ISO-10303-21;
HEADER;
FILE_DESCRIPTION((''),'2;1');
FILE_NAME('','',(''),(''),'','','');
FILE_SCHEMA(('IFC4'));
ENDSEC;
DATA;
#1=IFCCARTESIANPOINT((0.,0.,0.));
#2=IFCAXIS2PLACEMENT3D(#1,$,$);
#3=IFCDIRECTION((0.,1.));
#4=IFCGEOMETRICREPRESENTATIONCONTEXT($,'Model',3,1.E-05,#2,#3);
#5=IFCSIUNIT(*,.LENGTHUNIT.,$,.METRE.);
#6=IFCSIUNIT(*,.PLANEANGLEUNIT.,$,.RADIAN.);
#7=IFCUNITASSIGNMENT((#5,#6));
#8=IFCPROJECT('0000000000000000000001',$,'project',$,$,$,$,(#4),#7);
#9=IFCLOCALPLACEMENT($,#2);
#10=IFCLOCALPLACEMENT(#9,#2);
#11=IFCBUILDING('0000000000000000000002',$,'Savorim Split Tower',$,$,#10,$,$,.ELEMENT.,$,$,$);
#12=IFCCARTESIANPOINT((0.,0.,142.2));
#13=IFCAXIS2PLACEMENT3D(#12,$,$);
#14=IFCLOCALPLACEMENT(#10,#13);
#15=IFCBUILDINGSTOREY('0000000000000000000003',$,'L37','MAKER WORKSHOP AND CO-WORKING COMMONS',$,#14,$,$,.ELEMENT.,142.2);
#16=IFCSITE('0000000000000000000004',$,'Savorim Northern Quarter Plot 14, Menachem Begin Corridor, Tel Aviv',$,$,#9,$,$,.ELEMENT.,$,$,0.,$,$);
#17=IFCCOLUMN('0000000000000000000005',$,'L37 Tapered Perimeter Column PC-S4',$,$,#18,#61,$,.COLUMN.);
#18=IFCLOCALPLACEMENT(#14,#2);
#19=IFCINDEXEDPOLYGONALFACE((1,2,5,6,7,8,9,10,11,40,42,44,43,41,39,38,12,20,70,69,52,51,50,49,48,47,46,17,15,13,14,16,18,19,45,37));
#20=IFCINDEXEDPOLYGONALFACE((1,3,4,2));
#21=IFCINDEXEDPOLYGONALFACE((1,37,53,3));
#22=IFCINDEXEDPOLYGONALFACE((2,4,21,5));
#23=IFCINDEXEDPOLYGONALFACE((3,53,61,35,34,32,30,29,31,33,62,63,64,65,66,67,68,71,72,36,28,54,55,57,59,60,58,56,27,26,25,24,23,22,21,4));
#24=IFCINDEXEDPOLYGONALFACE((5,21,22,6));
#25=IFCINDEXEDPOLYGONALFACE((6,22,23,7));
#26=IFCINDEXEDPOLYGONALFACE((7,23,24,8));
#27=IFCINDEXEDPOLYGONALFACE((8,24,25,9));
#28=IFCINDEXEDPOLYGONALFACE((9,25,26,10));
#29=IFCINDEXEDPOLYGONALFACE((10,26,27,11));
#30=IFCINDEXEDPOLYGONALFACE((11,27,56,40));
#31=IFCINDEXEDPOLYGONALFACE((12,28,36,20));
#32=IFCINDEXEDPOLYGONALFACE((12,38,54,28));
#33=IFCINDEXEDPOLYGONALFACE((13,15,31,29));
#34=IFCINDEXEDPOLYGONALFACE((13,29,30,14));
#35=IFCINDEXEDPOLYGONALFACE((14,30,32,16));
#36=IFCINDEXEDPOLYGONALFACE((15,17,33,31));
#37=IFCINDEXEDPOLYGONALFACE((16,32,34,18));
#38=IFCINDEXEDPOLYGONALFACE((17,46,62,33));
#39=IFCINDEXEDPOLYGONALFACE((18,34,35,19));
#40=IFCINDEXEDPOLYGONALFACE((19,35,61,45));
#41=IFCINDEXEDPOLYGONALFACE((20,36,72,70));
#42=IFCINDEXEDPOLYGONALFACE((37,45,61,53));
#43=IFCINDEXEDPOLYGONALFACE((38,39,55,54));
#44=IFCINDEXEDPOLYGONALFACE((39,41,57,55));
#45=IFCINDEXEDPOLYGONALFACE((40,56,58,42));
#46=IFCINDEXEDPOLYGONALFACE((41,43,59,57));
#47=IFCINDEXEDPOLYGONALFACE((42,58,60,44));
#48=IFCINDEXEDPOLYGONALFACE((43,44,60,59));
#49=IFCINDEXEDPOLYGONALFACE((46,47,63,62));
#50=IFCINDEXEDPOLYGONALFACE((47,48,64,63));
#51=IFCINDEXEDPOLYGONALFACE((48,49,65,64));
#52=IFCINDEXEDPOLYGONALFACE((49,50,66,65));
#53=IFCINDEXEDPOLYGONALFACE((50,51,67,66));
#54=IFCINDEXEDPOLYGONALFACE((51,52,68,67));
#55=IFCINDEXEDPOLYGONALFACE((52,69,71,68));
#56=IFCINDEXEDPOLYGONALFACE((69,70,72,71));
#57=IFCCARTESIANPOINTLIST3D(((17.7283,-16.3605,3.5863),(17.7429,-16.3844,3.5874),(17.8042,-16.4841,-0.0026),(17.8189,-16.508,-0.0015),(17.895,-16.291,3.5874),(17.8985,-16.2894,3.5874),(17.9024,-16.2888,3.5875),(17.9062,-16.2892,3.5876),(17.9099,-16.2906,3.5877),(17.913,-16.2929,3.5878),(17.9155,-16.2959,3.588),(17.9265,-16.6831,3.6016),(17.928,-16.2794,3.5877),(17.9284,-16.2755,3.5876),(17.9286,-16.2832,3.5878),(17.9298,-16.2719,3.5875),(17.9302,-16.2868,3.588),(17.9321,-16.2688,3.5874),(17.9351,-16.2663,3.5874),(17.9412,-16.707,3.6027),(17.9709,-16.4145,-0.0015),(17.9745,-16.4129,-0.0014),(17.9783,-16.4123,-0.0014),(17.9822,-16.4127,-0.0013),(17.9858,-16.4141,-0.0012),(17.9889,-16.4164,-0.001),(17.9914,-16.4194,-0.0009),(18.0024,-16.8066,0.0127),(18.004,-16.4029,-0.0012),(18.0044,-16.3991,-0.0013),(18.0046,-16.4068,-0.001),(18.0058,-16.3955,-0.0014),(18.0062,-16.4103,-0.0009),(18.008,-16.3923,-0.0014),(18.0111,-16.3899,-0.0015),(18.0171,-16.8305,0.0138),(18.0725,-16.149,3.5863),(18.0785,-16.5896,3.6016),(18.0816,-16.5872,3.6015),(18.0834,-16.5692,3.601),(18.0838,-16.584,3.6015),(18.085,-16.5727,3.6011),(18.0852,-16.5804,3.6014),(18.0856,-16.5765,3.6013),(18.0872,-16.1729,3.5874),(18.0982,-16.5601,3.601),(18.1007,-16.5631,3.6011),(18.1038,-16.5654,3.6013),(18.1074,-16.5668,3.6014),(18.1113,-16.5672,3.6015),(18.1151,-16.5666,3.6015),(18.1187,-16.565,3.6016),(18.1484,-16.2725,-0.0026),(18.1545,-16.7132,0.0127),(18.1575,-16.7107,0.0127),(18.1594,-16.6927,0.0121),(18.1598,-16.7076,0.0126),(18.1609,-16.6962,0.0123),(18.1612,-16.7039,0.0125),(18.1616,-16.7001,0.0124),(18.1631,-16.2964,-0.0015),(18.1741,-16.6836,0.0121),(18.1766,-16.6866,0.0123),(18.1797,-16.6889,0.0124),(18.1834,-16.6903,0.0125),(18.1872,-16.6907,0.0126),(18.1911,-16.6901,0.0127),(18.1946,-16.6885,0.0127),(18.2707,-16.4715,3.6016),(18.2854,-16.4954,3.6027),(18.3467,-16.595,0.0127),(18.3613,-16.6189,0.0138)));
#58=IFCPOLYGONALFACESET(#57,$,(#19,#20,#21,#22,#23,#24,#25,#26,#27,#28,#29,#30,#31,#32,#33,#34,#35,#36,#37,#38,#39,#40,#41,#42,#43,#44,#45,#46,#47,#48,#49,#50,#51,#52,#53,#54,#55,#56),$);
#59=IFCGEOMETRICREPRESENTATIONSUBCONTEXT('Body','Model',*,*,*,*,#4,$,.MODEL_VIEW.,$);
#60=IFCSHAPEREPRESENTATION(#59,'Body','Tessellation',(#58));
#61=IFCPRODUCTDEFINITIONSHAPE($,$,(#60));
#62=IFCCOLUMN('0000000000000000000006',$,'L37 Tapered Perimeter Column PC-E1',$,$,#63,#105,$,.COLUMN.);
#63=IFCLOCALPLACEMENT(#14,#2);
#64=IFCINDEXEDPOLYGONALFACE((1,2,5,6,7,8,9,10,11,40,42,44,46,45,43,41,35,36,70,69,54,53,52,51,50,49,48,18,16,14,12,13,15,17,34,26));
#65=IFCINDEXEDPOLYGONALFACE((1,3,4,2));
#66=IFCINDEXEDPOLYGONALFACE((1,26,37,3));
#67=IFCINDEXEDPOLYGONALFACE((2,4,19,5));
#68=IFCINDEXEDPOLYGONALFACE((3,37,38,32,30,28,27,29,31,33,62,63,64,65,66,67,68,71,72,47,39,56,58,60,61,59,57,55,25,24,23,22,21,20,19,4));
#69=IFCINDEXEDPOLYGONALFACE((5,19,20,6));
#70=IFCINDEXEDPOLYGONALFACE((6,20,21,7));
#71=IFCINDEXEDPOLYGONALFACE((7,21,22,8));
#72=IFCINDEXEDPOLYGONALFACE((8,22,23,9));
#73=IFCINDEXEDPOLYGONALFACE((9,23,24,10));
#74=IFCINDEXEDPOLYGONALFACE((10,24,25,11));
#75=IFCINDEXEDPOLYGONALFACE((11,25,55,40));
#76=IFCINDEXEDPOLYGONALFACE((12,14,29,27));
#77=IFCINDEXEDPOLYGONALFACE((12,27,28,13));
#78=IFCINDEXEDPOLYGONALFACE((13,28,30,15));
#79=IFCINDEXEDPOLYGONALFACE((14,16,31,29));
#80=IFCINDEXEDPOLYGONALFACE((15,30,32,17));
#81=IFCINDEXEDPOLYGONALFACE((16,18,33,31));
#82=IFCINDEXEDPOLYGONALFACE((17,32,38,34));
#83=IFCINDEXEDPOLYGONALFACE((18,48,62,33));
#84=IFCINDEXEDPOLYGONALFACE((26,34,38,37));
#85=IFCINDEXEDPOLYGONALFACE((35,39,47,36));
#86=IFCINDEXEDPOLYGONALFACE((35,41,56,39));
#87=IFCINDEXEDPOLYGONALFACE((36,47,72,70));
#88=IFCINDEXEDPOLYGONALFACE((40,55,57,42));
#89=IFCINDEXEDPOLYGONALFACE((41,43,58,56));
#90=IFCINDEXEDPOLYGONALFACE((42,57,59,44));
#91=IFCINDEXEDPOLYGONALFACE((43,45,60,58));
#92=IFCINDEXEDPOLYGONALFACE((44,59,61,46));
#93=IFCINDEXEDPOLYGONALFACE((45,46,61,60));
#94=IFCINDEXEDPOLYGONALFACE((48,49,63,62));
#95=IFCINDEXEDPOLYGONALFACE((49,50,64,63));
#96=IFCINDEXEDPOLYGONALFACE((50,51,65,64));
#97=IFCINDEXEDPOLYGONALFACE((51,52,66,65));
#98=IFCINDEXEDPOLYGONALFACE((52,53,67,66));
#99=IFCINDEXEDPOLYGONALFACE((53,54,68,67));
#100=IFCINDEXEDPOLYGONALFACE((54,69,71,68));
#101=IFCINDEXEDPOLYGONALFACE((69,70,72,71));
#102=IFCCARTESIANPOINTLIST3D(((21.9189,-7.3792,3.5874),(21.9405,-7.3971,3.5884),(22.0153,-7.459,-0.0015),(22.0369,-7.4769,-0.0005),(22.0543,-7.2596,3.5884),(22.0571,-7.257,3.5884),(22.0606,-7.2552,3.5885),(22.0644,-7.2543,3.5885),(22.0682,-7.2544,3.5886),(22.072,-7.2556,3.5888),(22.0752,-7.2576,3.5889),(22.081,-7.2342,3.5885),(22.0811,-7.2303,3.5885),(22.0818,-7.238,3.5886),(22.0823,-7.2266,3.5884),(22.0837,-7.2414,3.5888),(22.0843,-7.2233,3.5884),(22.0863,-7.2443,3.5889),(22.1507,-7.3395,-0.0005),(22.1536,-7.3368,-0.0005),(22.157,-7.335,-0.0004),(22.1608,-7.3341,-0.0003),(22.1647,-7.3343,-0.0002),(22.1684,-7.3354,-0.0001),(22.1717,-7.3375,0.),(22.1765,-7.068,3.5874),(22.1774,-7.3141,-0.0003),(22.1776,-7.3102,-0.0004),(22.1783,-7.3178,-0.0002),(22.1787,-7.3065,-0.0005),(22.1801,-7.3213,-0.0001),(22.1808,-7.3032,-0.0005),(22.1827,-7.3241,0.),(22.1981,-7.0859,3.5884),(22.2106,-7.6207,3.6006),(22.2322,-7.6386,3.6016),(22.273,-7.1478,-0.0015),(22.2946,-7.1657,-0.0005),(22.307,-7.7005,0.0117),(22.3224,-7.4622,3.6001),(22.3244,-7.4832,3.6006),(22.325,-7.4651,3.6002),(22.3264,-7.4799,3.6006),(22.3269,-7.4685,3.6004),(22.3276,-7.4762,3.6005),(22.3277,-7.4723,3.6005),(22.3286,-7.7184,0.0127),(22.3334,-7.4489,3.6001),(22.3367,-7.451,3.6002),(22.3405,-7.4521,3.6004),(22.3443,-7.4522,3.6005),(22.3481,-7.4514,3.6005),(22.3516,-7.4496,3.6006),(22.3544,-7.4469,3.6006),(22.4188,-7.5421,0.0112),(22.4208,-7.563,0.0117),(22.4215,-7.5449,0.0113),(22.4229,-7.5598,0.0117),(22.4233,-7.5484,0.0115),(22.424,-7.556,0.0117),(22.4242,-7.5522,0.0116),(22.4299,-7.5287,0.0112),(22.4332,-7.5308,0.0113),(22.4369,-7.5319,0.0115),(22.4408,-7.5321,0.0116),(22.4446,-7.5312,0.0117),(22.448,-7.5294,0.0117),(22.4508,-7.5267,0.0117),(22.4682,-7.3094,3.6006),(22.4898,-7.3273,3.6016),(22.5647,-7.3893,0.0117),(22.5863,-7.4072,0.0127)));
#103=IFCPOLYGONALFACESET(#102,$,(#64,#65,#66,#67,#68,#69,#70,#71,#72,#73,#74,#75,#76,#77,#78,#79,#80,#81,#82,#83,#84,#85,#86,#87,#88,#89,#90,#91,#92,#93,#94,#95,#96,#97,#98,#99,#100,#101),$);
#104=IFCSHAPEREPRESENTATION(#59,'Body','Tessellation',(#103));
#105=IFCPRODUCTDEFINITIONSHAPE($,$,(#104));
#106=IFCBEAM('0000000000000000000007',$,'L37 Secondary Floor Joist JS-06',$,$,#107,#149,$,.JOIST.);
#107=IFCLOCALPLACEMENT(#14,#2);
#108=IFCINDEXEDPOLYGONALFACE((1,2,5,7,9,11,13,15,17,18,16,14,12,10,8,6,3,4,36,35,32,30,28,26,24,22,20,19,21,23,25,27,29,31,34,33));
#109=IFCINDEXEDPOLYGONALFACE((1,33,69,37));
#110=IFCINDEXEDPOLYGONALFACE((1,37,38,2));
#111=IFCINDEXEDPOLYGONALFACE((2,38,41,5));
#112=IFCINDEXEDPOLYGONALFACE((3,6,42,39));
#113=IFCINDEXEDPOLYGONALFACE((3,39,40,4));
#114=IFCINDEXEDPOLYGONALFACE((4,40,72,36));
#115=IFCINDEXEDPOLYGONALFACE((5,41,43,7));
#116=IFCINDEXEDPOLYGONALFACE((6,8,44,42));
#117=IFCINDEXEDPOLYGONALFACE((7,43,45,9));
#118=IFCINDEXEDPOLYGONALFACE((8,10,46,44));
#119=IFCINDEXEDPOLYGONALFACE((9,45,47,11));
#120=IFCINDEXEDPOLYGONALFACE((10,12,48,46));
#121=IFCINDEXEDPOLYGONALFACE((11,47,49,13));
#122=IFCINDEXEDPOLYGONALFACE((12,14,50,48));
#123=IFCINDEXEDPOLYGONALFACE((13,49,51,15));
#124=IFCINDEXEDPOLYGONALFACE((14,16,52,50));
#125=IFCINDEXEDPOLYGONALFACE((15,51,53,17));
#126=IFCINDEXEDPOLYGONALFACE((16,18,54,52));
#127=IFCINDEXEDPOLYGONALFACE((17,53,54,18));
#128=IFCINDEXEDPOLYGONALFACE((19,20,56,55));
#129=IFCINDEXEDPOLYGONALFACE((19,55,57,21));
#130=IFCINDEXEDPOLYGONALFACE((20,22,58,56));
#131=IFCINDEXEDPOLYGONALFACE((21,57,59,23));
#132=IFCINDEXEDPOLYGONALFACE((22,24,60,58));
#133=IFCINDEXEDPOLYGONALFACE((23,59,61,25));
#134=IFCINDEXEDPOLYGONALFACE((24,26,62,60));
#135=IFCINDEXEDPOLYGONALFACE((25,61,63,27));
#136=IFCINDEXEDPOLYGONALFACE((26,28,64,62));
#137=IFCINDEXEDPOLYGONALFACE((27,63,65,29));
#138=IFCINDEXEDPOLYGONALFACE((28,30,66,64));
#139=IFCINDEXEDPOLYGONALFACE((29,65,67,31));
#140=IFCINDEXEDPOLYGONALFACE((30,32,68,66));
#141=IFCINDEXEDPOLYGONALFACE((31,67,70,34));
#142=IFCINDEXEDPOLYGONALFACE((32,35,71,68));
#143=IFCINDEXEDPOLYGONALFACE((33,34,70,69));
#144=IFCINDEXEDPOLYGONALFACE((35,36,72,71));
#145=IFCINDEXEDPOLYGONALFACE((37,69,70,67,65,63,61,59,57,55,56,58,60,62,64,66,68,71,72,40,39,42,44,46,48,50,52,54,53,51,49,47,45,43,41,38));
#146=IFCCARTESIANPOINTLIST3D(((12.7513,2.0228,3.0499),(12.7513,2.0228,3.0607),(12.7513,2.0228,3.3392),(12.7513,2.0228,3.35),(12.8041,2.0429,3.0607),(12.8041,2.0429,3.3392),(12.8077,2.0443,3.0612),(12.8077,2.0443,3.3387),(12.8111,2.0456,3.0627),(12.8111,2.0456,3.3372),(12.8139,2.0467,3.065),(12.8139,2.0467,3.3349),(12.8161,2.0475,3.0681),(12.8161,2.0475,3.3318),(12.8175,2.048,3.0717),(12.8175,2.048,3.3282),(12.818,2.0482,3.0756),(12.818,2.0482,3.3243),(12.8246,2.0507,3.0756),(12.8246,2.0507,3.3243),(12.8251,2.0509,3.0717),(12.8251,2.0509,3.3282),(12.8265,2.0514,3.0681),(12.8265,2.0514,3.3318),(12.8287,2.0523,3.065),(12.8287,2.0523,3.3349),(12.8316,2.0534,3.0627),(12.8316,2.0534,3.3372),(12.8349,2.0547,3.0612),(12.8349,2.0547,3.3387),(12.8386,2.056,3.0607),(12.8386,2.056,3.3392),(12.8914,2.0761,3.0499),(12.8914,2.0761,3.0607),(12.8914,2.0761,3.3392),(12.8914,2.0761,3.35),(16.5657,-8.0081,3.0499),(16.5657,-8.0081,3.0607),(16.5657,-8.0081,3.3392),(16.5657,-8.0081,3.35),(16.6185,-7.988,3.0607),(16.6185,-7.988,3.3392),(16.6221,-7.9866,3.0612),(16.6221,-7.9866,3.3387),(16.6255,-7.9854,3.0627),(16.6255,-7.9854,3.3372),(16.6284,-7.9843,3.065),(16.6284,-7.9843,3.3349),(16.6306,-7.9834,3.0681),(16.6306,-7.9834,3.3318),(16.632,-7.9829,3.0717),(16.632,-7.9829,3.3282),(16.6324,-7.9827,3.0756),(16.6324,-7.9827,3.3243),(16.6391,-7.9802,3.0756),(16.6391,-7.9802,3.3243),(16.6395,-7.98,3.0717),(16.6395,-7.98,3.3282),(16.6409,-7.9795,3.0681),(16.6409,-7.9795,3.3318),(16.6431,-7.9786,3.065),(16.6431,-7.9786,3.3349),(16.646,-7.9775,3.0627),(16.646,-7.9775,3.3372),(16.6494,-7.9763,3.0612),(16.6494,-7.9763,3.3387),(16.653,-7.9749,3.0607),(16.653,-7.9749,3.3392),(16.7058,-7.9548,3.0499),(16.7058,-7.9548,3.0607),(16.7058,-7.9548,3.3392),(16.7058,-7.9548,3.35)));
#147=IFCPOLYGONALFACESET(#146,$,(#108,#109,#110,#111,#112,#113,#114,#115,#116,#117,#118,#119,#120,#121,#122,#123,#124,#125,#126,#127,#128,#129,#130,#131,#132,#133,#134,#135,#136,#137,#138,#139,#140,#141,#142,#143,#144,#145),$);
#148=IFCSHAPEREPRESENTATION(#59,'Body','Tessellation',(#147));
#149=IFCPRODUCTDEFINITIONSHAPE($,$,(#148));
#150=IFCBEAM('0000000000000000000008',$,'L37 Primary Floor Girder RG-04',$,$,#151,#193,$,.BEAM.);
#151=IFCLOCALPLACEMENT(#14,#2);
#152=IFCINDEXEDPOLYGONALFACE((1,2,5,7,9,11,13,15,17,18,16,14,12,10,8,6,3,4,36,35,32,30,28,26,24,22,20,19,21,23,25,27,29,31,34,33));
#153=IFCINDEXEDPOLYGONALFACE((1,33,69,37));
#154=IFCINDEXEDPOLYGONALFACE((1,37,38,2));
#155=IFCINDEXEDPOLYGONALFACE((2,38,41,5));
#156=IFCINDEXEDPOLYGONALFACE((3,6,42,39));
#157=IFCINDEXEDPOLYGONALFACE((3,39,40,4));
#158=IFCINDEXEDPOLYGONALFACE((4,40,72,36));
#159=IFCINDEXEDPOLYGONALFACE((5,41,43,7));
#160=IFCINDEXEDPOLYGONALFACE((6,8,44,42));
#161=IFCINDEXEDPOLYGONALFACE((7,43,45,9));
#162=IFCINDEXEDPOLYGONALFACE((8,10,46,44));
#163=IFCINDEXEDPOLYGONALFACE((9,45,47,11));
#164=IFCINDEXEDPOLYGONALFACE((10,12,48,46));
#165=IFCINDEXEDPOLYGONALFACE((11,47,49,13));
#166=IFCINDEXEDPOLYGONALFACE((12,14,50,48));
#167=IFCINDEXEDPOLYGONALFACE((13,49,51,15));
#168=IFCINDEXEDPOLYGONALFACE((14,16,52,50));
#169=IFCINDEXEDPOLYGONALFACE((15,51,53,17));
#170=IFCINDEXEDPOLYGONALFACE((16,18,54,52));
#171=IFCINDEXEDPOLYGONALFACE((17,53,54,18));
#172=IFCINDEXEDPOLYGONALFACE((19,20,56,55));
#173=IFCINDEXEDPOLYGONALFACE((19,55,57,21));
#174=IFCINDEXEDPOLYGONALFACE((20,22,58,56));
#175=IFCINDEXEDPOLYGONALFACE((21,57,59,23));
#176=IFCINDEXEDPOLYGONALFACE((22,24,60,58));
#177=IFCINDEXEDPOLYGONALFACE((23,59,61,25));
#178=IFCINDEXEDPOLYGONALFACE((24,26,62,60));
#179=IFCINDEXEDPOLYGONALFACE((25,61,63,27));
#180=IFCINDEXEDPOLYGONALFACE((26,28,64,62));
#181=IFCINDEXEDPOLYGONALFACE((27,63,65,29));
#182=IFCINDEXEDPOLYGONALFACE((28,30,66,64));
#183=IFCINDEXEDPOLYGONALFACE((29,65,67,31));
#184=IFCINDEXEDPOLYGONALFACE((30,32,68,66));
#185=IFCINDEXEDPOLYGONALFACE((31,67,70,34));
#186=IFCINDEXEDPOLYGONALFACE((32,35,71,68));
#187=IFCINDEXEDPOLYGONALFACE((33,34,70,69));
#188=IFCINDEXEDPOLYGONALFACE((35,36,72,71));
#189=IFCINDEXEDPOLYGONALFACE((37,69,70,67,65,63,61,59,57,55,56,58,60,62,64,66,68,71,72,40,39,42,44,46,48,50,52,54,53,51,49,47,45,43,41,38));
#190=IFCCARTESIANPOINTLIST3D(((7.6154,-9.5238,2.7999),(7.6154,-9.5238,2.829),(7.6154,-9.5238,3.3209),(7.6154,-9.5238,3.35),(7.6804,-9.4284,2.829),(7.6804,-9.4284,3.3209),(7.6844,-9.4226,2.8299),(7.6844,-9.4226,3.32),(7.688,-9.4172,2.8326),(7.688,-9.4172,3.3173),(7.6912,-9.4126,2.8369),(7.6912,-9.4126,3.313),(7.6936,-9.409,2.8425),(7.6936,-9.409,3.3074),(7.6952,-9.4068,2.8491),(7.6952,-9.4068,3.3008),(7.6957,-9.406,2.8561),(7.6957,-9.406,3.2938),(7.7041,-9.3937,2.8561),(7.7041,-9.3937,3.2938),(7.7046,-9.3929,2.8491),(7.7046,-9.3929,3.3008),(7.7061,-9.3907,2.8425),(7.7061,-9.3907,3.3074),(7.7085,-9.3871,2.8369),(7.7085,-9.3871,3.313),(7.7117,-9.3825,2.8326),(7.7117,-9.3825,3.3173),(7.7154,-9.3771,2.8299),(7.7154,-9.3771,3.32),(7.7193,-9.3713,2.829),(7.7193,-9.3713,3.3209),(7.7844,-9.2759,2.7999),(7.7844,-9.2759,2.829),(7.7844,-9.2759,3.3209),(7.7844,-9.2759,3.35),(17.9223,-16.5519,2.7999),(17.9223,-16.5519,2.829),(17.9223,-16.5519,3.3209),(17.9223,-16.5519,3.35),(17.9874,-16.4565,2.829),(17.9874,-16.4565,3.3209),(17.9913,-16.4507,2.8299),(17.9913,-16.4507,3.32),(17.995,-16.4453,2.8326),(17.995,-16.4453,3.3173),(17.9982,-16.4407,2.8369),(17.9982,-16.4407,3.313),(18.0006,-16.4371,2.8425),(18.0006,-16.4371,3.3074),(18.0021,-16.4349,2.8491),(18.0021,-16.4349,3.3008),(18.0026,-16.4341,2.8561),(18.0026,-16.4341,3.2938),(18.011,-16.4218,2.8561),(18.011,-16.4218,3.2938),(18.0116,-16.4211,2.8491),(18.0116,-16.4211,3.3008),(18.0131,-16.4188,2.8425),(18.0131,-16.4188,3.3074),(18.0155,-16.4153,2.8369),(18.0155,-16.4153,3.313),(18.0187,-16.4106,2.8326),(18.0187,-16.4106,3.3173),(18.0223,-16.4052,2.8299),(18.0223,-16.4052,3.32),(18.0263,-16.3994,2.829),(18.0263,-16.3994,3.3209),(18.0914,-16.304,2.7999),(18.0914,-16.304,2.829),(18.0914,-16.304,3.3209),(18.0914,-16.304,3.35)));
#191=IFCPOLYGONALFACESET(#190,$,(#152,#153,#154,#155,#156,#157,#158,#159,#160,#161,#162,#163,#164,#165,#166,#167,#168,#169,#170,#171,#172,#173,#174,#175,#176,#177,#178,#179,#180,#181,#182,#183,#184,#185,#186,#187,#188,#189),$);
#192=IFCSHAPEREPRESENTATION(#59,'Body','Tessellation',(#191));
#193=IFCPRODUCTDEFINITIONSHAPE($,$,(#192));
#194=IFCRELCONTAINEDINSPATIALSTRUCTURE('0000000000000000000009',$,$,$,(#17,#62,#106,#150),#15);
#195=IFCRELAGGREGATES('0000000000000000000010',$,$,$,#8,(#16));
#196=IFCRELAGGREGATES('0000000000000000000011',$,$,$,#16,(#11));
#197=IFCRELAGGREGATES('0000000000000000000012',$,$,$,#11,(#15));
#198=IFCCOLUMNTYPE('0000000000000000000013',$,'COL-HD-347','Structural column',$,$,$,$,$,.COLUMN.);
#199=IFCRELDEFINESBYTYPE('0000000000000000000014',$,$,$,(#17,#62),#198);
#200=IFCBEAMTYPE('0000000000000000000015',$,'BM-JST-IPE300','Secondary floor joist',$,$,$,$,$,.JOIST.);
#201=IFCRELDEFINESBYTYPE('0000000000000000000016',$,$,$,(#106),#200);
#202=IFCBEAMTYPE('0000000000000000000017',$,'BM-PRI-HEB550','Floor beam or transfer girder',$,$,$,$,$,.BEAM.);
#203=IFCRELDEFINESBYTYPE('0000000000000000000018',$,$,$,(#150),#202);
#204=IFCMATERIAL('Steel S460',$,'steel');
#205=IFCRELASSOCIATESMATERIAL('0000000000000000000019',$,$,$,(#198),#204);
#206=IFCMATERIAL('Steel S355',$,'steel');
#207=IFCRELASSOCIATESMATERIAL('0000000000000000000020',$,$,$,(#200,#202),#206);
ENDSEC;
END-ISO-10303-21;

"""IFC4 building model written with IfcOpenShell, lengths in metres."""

from ifc_helpers import new_model, si_unit, direction, frame, origin, origin_2d, place, context, subcontext, project, spatial, i_section, extrude, material, material_profile, profile_set, type_object, element, save


model = new_model("IFC4")

# Units and contexts
model_context = context("Model", 3, precision=1e-05, world=origin(), true_north=direction((0.0, 1.0)))
body_context = subcontext(model_context, "Body", "Model", "MODEL_VIEW")
ifc_project = project(units=[si_unit("LENGTHUNIT", "METRE"), si_unit("PLANEANGLEUNIT", "RADIAN")], contexts=[model_context])

# Site, building, storey
site_placement = place(None, origin())
site = spatial("IfcSite", under=ifc_project, at=site_placement, Name="Savorim Northern Quarter Plot 14, Menachem Begin Corridor, Tel Aviv", CompositionType="ELEMENT", RefElevation=0.0)
building_placement = place(site_placement, origin())
building = spatial("IfcBuilding", under=site, at=building_placement, Name="Savorim Split Tower", CompositionType="ELEMENT")
storey_placement = place(building_placement, frame((0.0, 0.0, 142.2)))
storey = spatial("IfcBuildingStorey", under=building, at=storey_placement, Name="L37", Description="MAKER WORKSHOP AND CO-WORKING COMMONS", CompositionType="ELEMENT", Elevation=142.2)

# Columns
ifc_material_1 = material(Name="Steel S460", Category="steel")
ifc_material_profile_1 = material_profile(ifc_material_1, i_section(OverallWidth=0.4041, OverallDepth=0.407, WebThickness=0.0173, FlangeThickness=0.0281, FilletRadius=0.0149, at=origin_2d()), Name="HD 400x347")
ifc_profile_set_1 = profile_set([ifc_material_profile_1], Name="Steel S460")
column_type = type_object("IfcColumnType", Name="COL-HD-347", Description="Structural column", PredefinedType="COLUMN", material=ifc_profile_set_1)
column_1_placement = place(storey_placement, frame((18.0828, -16.5515, 0.0056), z_axis=(-0.021139, 0.034394, 0.999185), x_axis=(-0.851947, -0.523628, 0.0)))
element("IfcColumn", 1, at=column_1_placement, inside=storey, type_object=column_type, Name="L37 Tapered Perimeter Column PC-S4", PredefinedType="COLUMN", context=body_context, shape_type="SweptSolid", body=[
    extrude(i_section(OverallWidth=0.4041, OverallDepth=0.407, WebThickness=0.0173, FlangeThickness=0.0281, FilletRadius=0.0149, at=origin_2d()), origin(), (0.0, 0.0, 1.0), 3.5918),
])
column_2_placement = place(storey_placement, frame((22.3008, -7.4331, 0.0056), z_axis=(-0.026854, 0.022231, 0.999392), x_axis=(-0.637687, -0.770295, 0.0)))
element("IfcColumn", 2, at=column_2_placement, inside=storey, type_object=column_type, Name="L37 Tapered Perimeter Column PC-E1", PredefinedType="COLUMN", context=body_context, shape_type="SweptSolid", body=[
    extrude(i_section(OverallWidth=0.4041, OverallDepth=0.407, WebThickness=0.0173, FlangeThickness=0.0281, FilletRadius=0.0149, at=origin_2d()), origin(), (0.0, 0.0, 1.0), 3.5911),
])

# Beams
ifc_material_2 = material(Name="Steel S355", Category="steel")
ifc_material_profile_2 = material_profile(ifc_material_2, i_section(OverallWidth=0.1499, OverallDepth=0.3, WebThickness=0.0071, FlangeThickness=0.0107, FilletRadius=0.0149, at=origin_2d()), Name="IPE 300")
ifc_profile_set_2 = profile_set([ifc_material_profile_2], Name="Steel S355")
beam_type_1 = type_object("IfcBeamType", Name="BM-JST-IPE300", Description="Secondary floor joist", PredefinedType="JOIST", material=ifc_profile_set_2)
beam_1_placement = place(storey_placement, frame((16.6357, -7.9814, 3.2), z_axis=(-0.355435, 0.934701, 0.0), x_axis=(-0.934701, -0.355435, 0.0)))
element("IfcBeam", 3, at=beam_1_placement, inside=storey, type_object=beam_type_1, Name="L37 Secondary Floor Joist JS-06", PredefinedType="JOIST", context=body_context, shape_type="SweptSolid", body=[
    extrude(i_section(OverallWidth=0.1499, OverallDepth=0.3, WebThickness=0.0071, FlangeThickness=0.0107, FilletRadius=0.0149, at=origin_2d()), origin(), (0.0, 0.0, 1.0), 10.7317),
])
ifc_material_profile_3 = material_profile(ifc_material_2, i_section(OverallWidth=0.3, OverallDepth=0.55, WebThickness=0.0149, FlangeThickness=0.0291, FilletRadius=0.0271, at=origin_2d()), Name="HEB 550")
ifc_profile_set_3 = profile_set([ifc_material_profile_3], Name="Steel S355")
beam_type_2 = type_object("IfcBeamType", Name="BM-PRI-HEB550", Description="Floor beam or transfer girder", PredefinedType="BEAM", material=ifc_profile_set_3)
beam_2_placement = place(storey_placement, frame((18.0068, -16.428, 3.075), z_axis=(-0.826203, 0.563373, 0.0), x_axis=(-0.563373, -0.826203, 0.0)))
element("IfcBeam", 4, at=beam_2_placement, inside=storey, type_object=beam_type_2, Name="L37 Primary Floor Girder RG-04", PredefinedType="BEAM", context=body_context, shape_type="SweptSolid", body=[
    extrude(i_section(OverallWidth=0.3, OverallDepth=0.55, WebThickness=0.0149, FlangeThickness=0.0291, FilletRadius=0.0271, at=origin_2d()), origin(), (0.0, 0.0, 1.0), 12.4751),
])

save(model, "model.ifc")
